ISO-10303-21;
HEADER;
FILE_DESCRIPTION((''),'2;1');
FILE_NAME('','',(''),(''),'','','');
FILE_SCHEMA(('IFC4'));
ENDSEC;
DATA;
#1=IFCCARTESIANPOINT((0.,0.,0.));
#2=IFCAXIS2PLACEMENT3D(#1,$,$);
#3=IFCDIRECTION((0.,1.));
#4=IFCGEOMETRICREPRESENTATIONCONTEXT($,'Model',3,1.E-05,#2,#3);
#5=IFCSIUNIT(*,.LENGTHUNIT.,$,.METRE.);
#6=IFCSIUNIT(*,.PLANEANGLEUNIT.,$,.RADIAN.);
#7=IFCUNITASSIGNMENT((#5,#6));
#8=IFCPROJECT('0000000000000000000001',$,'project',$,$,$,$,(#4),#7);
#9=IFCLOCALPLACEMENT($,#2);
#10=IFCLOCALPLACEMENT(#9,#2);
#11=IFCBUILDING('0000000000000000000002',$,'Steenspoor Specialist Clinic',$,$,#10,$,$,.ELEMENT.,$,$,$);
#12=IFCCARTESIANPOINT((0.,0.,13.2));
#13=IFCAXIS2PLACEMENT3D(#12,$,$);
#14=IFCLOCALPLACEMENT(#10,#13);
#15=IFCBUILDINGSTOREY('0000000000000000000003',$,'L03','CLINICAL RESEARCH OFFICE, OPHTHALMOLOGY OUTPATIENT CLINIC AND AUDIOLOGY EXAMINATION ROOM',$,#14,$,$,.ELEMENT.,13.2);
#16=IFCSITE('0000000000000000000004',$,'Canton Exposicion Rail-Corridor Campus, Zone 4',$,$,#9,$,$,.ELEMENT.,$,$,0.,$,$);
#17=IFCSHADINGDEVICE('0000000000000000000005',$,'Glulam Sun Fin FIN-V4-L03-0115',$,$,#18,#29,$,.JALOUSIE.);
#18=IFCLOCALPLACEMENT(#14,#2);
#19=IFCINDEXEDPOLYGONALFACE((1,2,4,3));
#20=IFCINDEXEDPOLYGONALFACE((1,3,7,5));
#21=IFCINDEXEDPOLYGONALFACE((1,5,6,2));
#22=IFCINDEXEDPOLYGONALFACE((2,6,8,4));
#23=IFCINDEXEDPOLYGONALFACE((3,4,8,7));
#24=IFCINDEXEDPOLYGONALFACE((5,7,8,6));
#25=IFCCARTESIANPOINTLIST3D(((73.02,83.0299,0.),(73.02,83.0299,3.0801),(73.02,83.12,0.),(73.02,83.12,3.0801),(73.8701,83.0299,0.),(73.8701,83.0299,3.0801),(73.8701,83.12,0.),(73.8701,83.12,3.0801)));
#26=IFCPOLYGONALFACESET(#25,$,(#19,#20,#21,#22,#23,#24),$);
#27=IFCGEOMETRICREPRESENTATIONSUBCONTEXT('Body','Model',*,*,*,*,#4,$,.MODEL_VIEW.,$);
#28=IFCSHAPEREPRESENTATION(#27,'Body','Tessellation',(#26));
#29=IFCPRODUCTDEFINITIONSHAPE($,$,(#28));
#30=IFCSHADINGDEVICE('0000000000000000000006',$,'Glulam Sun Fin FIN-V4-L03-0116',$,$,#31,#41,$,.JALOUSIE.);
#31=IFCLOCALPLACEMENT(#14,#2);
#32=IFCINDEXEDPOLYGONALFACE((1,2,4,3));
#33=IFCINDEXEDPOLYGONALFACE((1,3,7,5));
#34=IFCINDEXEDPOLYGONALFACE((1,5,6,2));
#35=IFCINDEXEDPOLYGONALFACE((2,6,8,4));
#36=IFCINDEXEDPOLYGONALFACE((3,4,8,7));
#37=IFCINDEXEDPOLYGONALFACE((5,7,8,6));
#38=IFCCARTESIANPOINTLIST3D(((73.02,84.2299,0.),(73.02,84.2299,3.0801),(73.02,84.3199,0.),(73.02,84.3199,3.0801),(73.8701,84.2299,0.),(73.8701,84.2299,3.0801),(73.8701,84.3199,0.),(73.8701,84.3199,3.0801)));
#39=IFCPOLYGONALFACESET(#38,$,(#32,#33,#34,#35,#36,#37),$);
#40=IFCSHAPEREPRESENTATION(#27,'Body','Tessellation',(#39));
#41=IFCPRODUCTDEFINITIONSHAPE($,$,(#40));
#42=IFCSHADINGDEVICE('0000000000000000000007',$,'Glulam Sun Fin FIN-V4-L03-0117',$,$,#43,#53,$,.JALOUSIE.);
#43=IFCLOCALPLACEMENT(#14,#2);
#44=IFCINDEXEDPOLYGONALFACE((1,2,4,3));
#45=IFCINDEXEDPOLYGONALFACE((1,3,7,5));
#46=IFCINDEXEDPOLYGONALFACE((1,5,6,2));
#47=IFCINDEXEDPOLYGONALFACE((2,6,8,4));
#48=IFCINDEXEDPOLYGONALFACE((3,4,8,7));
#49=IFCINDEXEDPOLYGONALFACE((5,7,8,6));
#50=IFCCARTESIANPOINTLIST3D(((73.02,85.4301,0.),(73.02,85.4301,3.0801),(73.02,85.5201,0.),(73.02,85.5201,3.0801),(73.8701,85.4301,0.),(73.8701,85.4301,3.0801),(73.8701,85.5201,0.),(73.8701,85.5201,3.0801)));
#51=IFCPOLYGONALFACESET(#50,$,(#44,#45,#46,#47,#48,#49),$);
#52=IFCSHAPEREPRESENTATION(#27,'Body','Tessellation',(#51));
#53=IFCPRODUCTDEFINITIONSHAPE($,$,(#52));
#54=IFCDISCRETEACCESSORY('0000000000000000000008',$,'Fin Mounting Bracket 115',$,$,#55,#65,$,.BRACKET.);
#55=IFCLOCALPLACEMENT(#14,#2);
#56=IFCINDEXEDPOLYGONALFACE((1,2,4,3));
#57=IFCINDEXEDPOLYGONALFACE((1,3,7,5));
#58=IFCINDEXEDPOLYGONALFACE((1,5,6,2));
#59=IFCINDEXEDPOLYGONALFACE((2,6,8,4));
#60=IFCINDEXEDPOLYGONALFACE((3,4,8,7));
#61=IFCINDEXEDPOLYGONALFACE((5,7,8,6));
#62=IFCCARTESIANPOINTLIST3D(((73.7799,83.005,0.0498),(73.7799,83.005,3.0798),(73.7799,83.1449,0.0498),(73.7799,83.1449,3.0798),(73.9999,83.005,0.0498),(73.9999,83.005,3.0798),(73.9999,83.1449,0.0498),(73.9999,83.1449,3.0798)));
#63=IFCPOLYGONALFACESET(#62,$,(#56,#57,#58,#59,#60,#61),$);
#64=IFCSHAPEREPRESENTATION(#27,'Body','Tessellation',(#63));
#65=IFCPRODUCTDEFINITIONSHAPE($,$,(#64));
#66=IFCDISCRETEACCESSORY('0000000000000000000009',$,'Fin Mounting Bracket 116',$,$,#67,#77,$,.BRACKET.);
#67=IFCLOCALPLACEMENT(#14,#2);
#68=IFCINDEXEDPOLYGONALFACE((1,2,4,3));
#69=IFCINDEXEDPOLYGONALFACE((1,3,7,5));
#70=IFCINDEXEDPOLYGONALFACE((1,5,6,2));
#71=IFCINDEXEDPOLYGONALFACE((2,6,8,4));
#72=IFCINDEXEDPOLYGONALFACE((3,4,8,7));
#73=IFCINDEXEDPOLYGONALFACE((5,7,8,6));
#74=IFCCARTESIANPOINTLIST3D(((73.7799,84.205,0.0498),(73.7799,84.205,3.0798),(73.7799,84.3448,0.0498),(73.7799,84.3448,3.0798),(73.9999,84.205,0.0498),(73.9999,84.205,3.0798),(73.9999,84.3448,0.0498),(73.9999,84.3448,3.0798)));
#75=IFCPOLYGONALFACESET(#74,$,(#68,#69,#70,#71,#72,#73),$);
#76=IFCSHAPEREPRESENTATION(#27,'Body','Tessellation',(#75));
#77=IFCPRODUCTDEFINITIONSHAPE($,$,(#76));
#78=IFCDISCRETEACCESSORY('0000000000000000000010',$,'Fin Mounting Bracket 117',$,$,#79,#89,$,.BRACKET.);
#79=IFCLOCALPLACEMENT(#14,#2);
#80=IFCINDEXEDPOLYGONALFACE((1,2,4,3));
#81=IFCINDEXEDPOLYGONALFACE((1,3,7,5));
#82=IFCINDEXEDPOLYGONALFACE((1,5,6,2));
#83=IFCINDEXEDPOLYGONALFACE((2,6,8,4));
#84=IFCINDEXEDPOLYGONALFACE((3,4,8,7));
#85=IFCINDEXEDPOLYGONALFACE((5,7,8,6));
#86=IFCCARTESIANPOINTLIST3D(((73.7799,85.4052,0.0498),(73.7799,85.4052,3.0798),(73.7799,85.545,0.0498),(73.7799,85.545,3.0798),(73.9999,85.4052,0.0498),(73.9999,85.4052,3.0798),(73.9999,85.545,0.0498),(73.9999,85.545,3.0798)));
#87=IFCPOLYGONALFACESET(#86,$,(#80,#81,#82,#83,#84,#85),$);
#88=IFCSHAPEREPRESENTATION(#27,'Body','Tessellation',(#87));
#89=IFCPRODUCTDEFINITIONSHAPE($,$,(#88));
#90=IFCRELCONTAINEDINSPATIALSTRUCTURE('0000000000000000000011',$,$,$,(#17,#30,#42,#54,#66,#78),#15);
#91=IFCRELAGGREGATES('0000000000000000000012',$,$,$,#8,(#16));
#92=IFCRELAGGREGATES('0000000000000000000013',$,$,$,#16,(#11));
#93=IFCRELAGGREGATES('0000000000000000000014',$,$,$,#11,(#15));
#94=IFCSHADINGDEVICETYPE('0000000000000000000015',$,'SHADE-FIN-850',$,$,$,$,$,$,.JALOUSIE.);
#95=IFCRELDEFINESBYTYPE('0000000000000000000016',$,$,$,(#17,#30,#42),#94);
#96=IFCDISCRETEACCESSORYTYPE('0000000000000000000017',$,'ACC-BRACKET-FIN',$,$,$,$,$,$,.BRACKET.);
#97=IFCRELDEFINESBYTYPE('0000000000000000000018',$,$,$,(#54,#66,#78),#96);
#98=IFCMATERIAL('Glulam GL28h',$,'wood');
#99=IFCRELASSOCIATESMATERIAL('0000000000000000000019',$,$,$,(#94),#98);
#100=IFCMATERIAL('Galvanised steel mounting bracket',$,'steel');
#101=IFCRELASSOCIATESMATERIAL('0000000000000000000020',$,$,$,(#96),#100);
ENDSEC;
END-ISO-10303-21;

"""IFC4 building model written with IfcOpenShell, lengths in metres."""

from ifc_helpers import new_model, si_unit, direction, frame, origin, origin_2d, place, context, subcontext, project, spatial, rectangle, extrude, material, material_profile, profile_set, type_object, element, save


model = new_model("IFC4")

# Units and contexts
model_context = context("Model", 3, precision=1e-05, world=origin(), true_north=direction((0.0, 1.0)))
body_context = subcontext(model_context, "Body", "Model", "MODEL_VIEW")
ifc_project = project(units=[si_unit("LENGTHUNIT", "METRE"), si_unit("PLANEANGLEUNIT", "RADIAN")], contexts=[model_context])

# Site, building, storey
site_placement = place(None, origin())
site = spatial("IfcSite", under=ifc_project, at=site_placement, Name="Canton Exposicion Rail-Corridor Campus, Zone 4", CompositionType="ELEMENT", RefElevation=0.0)
building_placement = place(site_placement, origin())
building = spatial("IfcBuilding", under=site, at=building_placement, Name="Steenspoor Specialist Clinic", CompositionType="ELEMENT")
storey_placement = place(building_placement, frame((0.0, 0.0, 13.2)))
storey = spatial("IfcBuildingStorey", under=building, at=storey_placement, Name="L03", Description="CLINICAL RESEARCH OFFICE, OPHTHALMOLOGY OUTPATIENT CLINIC AND AUDIOLOGY EXAMINATION ROOM", CompositionType="ELEMENT", Elevation=13.2)

# Shading devices
ifc_material_1 = material(Name="Glulam GL28h", Category="wood")
ifc_material_profile_1 = material_profile(ifc_material_1, rectangle(XDim=0.0901, YDim=0.8501, at=origin_2d()), Name="GL28H-90X850")
ifc_profile_set_1 = profile_set([ifc_material_profile_1], Name="Glulam GL28h")
shading_device_type = type_object("IfcShadingDeviceType", Name="SHADE-FIN-850", PredefinedType="JALOUSIE", material=ifc_profile_set_1)
for number, where, z_axis, x_axis, name in (
    (1, (73.4451, 83.075, 0.0), (0.0, 0.0, 1.0), (0.0, 1.0, 0.0), "Glulam Sun Fin FIN-V4-L03-0115"),
    (2, (73.4451, 84.2749, 0.0), (0.0, 0.0, 1.0), (0.0, 1.0, 0.0), "Glulam Sun Fin FIN-V4-L03-0116"),
    (3, (73.4451, 85.4751, 0.0), (0.0, 0.0, 1.0), (0.0, 1.0, 0.0), "Glulam Sun Fin FIN-V4-L03-0117"),
):
    element("IfcShadingDevice", number, at=place(storey_placement, frame(where, z_axis=z_axis, x_axis=x_axis)), inside=storey, type_object=shading_device_type, Name=name, PredefinedType="JALOUSIE", context=body_context, shape_type="SweptSolid", body=[
        extrude(rectangle(XDim=0.0901, YDim=0.8501, at=origin_2d()), origin(), (0.0, 0.0, 1.0), 3.0801),
    ])

# Discrete accessories
ifc_material_2 = material(Name="Galvanised steel mounting bracket", Category="steel")
discrete_accessory_type = type_object("IfcDiscreteAccessoryType", Name="ACC-BRACKET-FIN", PredefinedType="BRACKET", material=ifc_material_2)
for number, where, z_axis, x_axis, name in (
    (4, (73.8899, 83.075, 0.0498), (0.0, 0.0, 1.0), (-1.0, 0.0, 0.0), "Fin Mounting Bracket 115"),
    (5, (73.8899, 84.2749, 0.0498), (0.0, 0.0, 1.0), (-1.0, 0.0, 0.0), "Fin Mounting Bracket 116"),
    (6, (73.8899, 85.4751, 0.0498), (0.0, 0.0, 1.0), (-1.0, 0.0, 0.0), "Fin Mounting Bracket 117"),
):
    element("IfcDiscreteAccessory", number, at=place(storey_placement, frame(where, z_axis=z_axis, x_axis=x_axis)), inside=storey, type_object=discrete_accessory_type, Name=name, PredefinedType="BRACKET", context=body_context, shape_type="SweptSolid", body=[
        extrude(rectangle(XDim=0.22, YDim=0.1399, at=origin_2d()), origin(), (0.0, 0.0, 1.0), 3.03),
    ])

save(model, "model.ifc")
